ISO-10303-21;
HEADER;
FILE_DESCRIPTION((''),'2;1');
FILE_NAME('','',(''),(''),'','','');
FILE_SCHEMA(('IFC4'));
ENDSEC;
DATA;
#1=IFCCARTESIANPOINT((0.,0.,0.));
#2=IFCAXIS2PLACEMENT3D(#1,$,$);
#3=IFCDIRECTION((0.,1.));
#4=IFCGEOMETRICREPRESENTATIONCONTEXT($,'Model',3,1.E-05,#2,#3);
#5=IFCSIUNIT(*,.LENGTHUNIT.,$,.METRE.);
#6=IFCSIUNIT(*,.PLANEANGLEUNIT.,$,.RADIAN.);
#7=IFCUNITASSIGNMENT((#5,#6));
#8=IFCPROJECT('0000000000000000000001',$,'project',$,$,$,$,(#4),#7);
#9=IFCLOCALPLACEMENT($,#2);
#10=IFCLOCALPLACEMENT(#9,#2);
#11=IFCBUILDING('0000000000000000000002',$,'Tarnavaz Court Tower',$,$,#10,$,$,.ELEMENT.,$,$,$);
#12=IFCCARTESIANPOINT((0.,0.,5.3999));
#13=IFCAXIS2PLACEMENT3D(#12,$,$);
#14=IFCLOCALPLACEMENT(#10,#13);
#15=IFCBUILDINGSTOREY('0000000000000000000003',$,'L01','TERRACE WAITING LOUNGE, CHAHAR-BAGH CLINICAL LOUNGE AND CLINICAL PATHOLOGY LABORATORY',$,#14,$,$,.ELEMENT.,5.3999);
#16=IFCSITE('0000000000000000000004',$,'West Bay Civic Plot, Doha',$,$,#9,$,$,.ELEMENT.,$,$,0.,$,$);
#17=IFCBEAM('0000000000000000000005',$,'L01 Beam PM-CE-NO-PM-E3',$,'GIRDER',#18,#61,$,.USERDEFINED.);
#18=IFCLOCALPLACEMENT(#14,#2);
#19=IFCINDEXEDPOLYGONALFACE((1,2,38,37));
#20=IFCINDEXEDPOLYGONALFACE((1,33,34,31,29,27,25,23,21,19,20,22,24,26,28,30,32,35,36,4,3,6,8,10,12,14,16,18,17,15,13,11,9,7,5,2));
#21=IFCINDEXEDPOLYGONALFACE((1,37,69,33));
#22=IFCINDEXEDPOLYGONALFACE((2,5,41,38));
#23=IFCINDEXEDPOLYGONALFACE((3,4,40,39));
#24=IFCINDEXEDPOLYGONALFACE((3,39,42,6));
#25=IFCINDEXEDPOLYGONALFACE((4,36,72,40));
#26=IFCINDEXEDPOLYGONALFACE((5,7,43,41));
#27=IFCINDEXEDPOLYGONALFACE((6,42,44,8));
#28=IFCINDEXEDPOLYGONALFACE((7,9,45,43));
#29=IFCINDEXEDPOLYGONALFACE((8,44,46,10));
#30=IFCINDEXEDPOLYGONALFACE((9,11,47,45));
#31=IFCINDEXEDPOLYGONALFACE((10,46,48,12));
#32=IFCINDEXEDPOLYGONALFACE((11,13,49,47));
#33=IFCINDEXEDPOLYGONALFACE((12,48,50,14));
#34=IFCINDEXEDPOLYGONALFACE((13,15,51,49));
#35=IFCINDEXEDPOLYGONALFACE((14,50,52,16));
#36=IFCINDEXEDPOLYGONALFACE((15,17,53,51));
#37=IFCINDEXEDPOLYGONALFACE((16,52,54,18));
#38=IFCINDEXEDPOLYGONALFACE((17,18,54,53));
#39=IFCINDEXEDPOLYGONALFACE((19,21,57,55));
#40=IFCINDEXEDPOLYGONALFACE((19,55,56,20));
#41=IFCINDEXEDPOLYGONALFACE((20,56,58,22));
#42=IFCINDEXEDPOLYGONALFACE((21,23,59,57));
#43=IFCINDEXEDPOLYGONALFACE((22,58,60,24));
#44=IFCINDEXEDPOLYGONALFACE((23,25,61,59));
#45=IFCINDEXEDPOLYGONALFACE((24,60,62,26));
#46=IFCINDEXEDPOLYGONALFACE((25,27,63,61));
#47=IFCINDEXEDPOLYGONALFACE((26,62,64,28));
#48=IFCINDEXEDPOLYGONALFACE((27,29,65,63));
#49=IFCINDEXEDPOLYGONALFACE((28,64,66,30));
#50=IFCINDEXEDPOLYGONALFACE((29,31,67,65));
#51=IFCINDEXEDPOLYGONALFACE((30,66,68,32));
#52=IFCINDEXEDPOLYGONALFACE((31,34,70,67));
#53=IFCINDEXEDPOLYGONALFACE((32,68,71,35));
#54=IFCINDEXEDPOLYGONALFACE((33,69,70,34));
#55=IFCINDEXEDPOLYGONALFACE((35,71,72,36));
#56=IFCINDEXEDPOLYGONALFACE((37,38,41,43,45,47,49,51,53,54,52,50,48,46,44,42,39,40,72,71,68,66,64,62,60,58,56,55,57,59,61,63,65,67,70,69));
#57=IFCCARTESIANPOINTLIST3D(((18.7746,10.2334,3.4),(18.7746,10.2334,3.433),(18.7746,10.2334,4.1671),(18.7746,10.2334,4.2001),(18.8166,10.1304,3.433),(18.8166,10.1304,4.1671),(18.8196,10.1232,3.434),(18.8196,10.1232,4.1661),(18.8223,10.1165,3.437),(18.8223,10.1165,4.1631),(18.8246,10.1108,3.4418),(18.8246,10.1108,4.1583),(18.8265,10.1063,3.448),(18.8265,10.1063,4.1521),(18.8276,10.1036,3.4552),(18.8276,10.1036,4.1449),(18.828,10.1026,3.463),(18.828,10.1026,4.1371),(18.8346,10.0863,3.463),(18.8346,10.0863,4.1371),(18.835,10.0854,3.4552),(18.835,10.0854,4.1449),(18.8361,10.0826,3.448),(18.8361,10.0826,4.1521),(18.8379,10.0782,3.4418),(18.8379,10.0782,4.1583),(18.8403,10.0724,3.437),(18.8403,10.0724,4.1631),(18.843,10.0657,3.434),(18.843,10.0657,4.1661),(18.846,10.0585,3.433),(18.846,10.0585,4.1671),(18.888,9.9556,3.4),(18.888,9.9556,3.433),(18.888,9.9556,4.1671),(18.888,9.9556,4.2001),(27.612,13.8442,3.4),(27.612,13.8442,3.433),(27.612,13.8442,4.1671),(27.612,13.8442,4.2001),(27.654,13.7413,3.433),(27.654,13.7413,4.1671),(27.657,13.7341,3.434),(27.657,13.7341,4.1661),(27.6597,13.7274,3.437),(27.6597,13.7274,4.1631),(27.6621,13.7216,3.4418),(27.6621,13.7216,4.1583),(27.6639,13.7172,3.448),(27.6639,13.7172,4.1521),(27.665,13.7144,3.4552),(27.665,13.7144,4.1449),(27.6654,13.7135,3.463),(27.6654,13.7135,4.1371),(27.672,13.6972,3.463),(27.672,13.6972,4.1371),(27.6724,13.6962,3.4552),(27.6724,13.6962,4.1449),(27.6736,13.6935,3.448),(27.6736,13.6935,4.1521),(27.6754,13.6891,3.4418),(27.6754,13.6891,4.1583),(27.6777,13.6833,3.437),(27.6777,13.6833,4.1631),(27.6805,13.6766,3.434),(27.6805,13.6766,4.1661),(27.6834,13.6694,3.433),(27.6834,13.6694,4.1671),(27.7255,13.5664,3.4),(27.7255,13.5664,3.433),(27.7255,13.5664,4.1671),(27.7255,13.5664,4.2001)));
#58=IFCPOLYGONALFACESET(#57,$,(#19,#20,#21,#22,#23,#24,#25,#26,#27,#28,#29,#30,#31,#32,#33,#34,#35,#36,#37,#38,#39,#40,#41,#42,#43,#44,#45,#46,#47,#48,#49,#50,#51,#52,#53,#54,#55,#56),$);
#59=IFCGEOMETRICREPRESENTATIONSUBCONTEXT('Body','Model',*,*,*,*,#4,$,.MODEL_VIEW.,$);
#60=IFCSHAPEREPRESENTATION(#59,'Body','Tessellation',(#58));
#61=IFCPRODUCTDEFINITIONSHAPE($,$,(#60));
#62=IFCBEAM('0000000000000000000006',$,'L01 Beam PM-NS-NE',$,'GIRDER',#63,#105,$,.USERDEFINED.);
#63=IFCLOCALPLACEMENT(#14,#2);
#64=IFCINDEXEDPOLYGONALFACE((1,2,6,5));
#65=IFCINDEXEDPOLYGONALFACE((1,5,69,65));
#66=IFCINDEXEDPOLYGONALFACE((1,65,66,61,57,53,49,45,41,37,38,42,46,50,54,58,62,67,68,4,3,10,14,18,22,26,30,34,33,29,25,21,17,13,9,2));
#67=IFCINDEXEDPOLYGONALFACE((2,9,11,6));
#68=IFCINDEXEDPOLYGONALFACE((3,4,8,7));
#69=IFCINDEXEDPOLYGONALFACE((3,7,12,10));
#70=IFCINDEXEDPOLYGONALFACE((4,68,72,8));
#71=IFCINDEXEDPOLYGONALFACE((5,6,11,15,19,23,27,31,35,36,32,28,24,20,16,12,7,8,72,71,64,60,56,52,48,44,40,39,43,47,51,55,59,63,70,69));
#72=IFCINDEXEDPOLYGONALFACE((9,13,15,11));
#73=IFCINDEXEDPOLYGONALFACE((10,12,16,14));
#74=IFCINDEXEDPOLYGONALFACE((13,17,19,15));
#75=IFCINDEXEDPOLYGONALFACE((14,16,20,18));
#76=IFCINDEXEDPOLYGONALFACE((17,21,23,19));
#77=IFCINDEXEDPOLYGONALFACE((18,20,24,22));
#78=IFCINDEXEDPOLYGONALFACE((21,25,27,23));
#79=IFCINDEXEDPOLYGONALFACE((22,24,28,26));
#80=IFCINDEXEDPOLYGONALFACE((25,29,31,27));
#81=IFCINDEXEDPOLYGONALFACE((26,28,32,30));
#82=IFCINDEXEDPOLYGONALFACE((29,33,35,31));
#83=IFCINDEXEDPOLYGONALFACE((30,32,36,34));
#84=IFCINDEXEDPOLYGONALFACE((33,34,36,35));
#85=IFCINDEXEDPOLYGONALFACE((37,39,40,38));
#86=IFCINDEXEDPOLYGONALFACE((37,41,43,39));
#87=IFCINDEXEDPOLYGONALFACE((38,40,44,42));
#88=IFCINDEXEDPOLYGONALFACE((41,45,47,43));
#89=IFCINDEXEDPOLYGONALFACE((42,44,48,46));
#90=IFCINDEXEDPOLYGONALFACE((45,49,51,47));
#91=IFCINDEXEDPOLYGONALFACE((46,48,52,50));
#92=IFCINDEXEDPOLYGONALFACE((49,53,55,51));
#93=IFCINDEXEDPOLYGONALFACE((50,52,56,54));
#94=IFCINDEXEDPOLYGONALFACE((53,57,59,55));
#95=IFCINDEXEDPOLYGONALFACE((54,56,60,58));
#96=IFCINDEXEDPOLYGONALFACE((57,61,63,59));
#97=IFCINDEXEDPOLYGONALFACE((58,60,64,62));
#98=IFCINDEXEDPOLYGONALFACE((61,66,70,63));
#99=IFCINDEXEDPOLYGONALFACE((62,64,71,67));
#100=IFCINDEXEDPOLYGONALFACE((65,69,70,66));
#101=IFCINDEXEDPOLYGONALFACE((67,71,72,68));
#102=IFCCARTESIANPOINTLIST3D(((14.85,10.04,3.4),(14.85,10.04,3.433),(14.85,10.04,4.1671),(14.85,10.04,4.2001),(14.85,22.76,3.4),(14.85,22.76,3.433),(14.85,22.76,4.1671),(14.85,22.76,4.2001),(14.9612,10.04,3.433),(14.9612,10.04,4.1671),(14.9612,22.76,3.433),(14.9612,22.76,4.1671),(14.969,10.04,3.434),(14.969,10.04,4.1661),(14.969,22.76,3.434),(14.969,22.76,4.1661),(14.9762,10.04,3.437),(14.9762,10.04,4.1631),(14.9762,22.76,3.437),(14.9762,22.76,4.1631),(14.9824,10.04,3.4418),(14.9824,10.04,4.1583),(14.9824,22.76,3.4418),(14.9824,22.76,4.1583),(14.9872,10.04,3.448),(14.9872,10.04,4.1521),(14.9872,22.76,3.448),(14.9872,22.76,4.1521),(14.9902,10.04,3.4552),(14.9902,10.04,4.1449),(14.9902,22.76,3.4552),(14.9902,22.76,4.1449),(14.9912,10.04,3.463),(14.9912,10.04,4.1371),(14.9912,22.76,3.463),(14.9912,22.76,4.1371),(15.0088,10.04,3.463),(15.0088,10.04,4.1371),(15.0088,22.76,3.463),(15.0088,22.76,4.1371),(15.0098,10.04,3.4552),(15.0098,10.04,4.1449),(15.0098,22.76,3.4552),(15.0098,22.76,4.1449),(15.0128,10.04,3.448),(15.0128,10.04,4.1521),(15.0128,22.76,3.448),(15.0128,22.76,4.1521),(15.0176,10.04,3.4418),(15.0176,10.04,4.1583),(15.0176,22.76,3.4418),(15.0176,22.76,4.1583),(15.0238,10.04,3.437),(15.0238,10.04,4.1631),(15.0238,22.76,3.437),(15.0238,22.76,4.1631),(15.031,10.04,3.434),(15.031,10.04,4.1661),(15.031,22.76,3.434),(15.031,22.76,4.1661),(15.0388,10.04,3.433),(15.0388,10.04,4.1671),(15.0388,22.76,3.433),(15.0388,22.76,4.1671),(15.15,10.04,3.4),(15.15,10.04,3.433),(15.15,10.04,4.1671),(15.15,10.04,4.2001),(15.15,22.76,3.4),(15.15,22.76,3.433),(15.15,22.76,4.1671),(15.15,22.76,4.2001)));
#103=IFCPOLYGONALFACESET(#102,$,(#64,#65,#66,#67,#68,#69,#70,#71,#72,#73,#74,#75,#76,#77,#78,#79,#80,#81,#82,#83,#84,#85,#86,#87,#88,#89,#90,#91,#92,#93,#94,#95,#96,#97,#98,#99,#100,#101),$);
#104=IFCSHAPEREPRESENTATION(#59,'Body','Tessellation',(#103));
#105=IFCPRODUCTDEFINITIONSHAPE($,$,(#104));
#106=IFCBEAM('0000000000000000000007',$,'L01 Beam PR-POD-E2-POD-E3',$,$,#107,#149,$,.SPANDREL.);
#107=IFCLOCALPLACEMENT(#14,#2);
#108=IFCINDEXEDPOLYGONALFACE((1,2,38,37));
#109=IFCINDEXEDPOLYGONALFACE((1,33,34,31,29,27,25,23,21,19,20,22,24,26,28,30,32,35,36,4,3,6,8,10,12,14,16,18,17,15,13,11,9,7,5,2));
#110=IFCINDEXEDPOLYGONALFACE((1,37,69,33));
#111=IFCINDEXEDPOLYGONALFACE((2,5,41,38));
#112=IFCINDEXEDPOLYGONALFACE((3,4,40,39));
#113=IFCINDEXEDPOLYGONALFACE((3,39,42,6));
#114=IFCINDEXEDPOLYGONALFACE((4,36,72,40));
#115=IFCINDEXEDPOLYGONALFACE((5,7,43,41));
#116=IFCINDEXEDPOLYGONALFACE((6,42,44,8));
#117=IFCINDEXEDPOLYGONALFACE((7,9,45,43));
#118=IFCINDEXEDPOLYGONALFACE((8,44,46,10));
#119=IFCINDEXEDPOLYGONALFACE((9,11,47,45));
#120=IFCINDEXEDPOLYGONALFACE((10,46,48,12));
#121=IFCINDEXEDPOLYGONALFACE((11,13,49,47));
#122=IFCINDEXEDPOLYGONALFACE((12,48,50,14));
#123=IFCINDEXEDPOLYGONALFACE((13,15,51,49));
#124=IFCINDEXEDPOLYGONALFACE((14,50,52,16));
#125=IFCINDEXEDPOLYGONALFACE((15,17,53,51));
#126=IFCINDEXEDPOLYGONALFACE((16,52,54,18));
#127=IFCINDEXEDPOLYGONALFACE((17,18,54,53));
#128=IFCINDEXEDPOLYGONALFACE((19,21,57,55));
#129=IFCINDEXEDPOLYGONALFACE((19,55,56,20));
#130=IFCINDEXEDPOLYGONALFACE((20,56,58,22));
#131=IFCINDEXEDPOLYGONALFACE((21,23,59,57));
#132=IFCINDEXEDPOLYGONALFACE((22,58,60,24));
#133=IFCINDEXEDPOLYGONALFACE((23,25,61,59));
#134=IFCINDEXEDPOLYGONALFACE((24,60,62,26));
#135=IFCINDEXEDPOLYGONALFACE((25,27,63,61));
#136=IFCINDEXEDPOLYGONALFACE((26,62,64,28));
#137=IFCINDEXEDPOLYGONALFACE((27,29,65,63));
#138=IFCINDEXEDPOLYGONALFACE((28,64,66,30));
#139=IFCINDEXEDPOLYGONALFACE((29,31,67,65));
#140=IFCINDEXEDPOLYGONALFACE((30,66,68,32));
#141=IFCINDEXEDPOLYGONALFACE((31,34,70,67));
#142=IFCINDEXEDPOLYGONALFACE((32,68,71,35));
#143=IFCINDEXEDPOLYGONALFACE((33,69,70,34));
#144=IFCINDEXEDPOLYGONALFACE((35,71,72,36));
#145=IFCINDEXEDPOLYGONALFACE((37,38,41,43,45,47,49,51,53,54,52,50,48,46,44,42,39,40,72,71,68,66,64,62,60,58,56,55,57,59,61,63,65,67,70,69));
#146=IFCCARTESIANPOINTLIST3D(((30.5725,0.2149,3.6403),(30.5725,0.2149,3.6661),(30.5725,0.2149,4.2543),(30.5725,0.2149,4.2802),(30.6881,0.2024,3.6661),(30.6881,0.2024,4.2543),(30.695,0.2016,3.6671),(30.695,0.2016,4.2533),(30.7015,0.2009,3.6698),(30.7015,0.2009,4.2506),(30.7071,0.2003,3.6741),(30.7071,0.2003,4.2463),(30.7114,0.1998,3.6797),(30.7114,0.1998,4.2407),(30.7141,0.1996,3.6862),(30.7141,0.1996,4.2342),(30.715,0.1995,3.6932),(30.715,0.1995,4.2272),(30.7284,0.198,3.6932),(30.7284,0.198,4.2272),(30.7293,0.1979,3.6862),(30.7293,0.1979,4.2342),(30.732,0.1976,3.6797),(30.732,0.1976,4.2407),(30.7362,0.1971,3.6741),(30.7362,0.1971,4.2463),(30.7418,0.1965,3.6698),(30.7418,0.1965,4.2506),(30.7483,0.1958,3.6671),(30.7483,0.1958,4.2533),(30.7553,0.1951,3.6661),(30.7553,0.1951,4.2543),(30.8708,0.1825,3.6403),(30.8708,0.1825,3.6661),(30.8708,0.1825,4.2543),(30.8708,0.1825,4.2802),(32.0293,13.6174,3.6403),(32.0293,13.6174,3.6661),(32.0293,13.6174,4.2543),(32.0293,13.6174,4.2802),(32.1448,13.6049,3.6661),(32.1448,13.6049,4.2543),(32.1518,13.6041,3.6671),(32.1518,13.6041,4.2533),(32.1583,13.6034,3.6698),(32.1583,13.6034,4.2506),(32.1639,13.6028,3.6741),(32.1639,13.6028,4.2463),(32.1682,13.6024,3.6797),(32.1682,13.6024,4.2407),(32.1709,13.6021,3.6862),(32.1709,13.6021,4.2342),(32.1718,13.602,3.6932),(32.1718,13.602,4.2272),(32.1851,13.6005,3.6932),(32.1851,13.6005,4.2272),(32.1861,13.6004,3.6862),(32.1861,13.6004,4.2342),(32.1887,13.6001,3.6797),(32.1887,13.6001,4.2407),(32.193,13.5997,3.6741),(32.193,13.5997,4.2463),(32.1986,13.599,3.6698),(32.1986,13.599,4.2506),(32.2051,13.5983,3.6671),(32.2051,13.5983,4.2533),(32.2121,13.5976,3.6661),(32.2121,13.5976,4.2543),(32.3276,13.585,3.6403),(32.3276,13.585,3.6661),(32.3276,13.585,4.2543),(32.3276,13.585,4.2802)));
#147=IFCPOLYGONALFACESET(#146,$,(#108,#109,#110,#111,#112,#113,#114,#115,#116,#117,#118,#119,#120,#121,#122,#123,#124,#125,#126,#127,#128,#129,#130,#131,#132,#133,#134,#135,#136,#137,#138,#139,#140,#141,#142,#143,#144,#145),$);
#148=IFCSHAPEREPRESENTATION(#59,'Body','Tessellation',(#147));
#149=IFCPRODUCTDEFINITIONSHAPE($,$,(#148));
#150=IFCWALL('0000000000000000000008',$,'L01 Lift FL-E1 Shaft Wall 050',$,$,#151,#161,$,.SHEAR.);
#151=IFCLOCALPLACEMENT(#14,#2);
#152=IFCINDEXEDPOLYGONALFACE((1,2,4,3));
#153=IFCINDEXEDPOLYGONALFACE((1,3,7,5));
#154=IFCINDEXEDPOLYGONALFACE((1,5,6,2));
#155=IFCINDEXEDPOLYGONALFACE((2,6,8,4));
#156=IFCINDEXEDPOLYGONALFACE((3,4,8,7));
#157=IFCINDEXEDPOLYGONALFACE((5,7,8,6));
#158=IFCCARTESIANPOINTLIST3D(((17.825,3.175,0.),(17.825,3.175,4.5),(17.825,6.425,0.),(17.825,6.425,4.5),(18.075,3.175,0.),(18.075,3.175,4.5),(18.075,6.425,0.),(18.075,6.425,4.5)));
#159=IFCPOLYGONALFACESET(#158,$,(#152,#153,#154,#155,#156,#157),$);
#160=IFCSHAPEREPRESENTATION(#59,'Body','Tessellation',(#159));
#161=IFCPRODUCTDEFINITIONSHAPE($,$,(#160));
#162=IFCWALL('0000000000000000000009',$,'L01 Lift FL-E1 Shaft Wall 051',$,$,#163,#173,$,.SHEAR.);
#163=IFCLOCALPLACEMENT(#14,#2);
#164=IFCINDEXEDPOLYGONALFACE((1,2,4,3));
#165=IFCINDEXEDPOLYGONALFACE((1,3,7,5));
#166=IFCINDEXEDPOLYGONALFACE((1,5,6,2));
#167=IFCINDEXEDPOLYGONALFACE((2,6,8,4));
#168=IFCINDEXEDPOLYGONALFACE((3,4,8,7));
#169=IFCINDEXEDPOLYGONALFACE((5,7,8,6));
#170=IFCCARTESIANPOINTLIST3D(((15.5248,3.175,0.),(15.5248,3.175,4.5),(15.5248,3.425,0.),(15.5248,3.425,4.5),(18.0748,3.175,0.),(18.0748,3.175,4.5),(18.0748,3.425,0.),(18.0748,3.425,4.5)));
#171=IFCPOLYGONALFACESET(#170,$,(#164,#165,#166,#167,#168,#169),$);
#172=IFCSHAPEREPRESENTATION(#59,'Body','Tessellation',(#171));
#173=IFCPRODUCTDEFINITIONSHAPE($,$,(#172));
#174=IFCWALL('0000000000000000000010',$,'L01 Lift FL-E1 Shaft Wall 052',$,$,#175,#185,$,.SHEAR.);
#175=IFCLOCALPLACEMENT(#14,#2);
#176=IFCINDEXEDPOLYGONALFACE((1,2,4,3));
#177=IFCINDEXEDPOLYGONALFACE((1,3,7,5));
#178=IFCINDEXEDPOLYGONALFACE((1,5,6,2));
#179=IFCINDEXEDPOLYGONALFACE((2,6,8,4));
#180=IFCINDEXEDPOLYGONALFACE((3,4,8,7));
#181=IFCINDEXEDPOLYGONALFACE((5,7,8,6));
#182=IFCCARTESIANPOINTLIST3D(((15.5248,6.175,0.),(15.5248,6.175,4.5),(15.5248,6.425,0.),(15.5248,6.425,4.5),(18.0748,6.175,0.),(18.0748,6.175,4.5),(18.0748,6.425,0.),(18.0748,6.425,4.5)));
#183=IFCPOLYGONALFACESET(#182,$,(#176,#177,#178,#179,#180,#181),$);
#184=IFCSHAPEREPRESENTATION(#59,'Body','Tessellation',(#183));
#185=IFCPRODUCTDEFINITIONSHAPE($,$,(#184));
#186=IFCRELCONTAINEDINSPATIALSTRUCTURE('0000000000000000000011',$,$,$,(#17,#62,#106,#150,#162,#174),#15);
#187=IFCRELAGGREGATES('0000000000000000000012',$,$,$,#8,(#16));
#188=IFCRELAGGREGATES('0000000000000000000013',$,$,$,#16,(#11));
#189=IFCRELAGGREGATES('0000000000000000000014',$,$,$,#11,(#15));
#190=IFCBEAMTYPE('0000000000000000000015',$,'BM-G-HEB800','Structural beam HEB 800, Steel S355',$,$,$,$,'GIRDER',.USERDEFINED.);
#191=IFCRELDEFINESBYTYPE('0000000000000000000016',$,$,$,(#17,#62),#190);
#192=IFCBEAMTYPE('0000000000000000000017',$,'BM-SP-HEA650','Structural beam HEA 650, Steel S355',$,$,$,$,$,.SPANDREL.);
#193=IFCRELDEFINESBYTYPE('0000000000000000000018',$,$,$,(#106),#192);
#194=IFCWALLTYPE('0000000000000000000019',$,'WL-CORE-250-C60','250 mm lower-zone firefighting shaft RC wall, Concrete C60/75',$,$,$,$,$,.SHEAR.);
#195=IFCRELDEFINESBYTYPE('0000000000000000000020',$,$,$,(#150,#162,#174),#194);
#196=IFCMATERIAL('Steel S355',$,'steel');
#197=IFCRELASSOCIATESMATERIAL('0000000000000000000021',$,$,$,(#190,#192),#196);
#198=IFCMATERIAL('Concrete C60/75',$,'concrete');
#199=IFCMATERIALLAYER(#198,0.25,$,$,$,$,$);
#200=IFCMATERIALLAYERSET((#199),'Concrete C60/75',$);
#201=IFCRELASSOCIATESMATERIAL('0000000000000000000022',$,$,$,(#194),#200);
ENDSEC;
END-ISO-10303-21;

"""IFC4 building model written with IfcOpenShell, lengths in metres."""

from ifc_helpers import new_model, si_unit, direction, frame, frame_2d, origin, origin_2d, place, context, subcontext, project, spatial, rectangle, i_section, extrude, material, layer, layer_set, material_profile, profile_set, type_object, element, save


model = new_model("IFC4")

# Units and contexts
model_context = context("Model", 3, precision=1e-05, world=origin(), true_north=direction((0.0, 1.0)))
body_context = subcontext(model_context, "Body", "Model", "MODEL_VIEW")
ifc_project = project(units=[si_unit("LENGTHUNIT", "METRE"), si_unit("PLANEANGLEUNIT", "RADIAN")], contexts=[model_context])

# Site, building, storey
site_placement = place(None, origin())
site = spatial("IfcSite", under=ifc_project, at=site_placement, Name="West Bay Civic Plot, Doha", CompositionType="ELEMENT", RefElevation=0.0)
building_placement = place(site_placement, origin())
building = spatial("IfcBuilding", under=site, at=building_placement, Name="Tarnavaz Court Tower", CompositionType="ELEMENT")
storey_placement = place(building_placement, frame((0.0, 0.0, 5.3999)))
storey = spatial("IfcBuildingStorey", under=building, at=storey_placement, Name="L01", Description="TERRACE WAITING LOUNGE, CHAHAR-BAGH CLINICAL LOUNGE AND CLINICAL PATHOLOGY LABORATORY", CompositionType="ELEMENT", Elevation=5.3999)

# Shared definitions
ifc_material_1 = material(Name="Concrete C60/75", Category="concrete")

# Beams
ifc_material_2 = material(Name="Steel S355", Category="steel")
ifc_material_profile_1 = material_profile(ifc_material_2, i_section(OverallWidth=0.3, OverallDepth=0.8, WebThickness=0.0176, FlangeThickness=0.033, FilletRadius=0.03, at=origin_2d()), Name="HEB 800")
ifc_profile_set_1 = profile_set([ifc_material_profile_1], Name="Steel S355")
beam_type_1 = type_object("IfcBeamType", Name="BM-G-HEB800", Description="Structural beam HEB 800, Steel S355", ElementType="GIRDER", PredefinedType="USERDEFINED", material=ifc_profile_set_1)
beam_1_placement = place(storey_placement, frame((18.8313, 10.0945, 3.8), z_axis=(0.925711, 0.378233, 0.0), x_axis=(-0.378233, 0.925711, 0.0)))
element("IfcBeam", 1, at=beam_1_placement, inside=storey, type_object=beam_type_1, Name="L01 Beam PM-CE-NO-PM-E3", ObjectType="GIRDER", PredefinedType="USERDEFINED", context=body_context, shape_type="SweptSolid", body=[
    extrude(i_section(OverallWidth=0.3, OverallDepth=0.8, WebThickness=0.0176, FlangeThickness=0.033, FilletRadius=0.03, at=origin_2d()), origin(), (0.0, 0.0, 1.0), 9.5466),
])
beam_2_placement = place(storey_placement, frame((15.0, 10.04, 3.8), z_axis=(0.0, 1.0, 0.0), x_axis=(-1.0, 0.0, 0.0)))
element("IfcBeam", 2, at=beam_2_placement, inside=storey, type_object=beam_type_1, Name="L01 Beam PM-NS-NE", ObjectType="GIRDER", PredefinedType="USERDEFINED", context=body_context, shape_type="SweptSolid", body=[
    extrude(i_section(OverallWidth=0.3, OverallDepth=0.8, WebThickness=0.0176, FlangeThickness=0.033, FilletRadius=0.03, at=origin_2d()), origin(), (0.0, 0.0, 1.0), 12.72),
])
ifc_material_profile_2 = material_profile(ifc_material_2, i_section(OverallWidth=0.3, OverallDepth=0.6399, WebThickness=0.0134, FlangeThickness=0.0259, FilletRadius=0.0271, at=origin_2d()), Name="HEA 650")
ifc_profile_set_2 = profile_set([ifc_material_profile_2], Name="Steel S355")
beam_type_2 = type_object("IfcBeamType", Name="BM-SP-HEA650", Description="Structural beam HEA 650, Steel S355", PredefinedType="SPANDREL", material=ifc_profile_set_2)
beam_3_placement = place(storey_placement, frame((30.7217, 0.1987, 3.9602), z_axis=(0.108058, 0.994145, 0.0), x_axis=(-0.994145, 0.108058, 0.0)))
element("IfcBeam", 3, at=beam_3_placement, inside=storey, type_object=beam_type_2, Name="L01 Beam PR-POD-E2-POD-E3", PredefinedType="SPANDREL", context=body_context, shape_type="SweptSolid", body=[
    extrude(i_section(OverallWidth=0.3, OverallDepth=0.6399, WebThickness=0.0134, FlangeThickness=0.0259, FilletRadius=0.0271, at=origin_2d()), origin(), (0.0, 0.0, 1.0), 13.4814),
])

# Shared definitions
ifc_layer_1 = layer(ifc_material_1, 0.25)
ifc_layer_set_1 = layer_set([ifc_layer_1], Name="Concrete C60/75")
wall_type_1 = type_object("IfcWallType", Name="WL-CORE-250-C60", Description="250 mm lower-zone firefighting shaft RC wall, Concrete C60/75", PredefinedType="SHEAR", material=ifc_layer_set_1)

# Walls
wall_1_placement = place(storey_placement, frame((17.95, 3.175, 0.0), z_axis=(0.0, 0.0, 1.0), x_axis=(0.0, 1.0, 0.0)))
element("IfcWall", 4, at=wall_1_placement, inside=storey, type_object=wall_type_1, Name="L01 Lift FL-E1 Shaft Wall 050", PredefinedType="SHEAR", context=body_context, shape_type="SweptSolid", body=[
    extrude(rectangle(XDim=3.25, YDim=0.25, at=frame_2d((1.625, 0.0))), origin(), (0.0, 0.0, 1.0), 4.5),
])
for number, where, z_axis, x_axis, name in (
    (5, (15.5249, 3.3, 0.0), (0.0, 0.0, 1.0), (1.0, 0.0, 0.0), "L01 Lift FL-E1 Shaft Wall 051"),
    (6, (15.5249, 6.3, 0.0), (0.0, 0.0, 1.0), (1.0, 0.0, 0.0), "L01 Lift FL-E1 Shaft Wall 052"),
):
    element("IfcWall", number, at=place(storey_placement, frame(where, z_axis=z_axis, x_axis=x_axis)), inside=storey, type_object=wall_type_1, Name=name, PredefinedType="SHEAR", context=body_context, shape_type="SweptSolid", body=[
        extrude(rectangle(XDim=2.55, YDim=0.25, at=frame_2d((1.2749, 0.0))), origin(), (0.0, 0.0, 1.0), 4.5),
    ])

save(model, "model.ifc")
